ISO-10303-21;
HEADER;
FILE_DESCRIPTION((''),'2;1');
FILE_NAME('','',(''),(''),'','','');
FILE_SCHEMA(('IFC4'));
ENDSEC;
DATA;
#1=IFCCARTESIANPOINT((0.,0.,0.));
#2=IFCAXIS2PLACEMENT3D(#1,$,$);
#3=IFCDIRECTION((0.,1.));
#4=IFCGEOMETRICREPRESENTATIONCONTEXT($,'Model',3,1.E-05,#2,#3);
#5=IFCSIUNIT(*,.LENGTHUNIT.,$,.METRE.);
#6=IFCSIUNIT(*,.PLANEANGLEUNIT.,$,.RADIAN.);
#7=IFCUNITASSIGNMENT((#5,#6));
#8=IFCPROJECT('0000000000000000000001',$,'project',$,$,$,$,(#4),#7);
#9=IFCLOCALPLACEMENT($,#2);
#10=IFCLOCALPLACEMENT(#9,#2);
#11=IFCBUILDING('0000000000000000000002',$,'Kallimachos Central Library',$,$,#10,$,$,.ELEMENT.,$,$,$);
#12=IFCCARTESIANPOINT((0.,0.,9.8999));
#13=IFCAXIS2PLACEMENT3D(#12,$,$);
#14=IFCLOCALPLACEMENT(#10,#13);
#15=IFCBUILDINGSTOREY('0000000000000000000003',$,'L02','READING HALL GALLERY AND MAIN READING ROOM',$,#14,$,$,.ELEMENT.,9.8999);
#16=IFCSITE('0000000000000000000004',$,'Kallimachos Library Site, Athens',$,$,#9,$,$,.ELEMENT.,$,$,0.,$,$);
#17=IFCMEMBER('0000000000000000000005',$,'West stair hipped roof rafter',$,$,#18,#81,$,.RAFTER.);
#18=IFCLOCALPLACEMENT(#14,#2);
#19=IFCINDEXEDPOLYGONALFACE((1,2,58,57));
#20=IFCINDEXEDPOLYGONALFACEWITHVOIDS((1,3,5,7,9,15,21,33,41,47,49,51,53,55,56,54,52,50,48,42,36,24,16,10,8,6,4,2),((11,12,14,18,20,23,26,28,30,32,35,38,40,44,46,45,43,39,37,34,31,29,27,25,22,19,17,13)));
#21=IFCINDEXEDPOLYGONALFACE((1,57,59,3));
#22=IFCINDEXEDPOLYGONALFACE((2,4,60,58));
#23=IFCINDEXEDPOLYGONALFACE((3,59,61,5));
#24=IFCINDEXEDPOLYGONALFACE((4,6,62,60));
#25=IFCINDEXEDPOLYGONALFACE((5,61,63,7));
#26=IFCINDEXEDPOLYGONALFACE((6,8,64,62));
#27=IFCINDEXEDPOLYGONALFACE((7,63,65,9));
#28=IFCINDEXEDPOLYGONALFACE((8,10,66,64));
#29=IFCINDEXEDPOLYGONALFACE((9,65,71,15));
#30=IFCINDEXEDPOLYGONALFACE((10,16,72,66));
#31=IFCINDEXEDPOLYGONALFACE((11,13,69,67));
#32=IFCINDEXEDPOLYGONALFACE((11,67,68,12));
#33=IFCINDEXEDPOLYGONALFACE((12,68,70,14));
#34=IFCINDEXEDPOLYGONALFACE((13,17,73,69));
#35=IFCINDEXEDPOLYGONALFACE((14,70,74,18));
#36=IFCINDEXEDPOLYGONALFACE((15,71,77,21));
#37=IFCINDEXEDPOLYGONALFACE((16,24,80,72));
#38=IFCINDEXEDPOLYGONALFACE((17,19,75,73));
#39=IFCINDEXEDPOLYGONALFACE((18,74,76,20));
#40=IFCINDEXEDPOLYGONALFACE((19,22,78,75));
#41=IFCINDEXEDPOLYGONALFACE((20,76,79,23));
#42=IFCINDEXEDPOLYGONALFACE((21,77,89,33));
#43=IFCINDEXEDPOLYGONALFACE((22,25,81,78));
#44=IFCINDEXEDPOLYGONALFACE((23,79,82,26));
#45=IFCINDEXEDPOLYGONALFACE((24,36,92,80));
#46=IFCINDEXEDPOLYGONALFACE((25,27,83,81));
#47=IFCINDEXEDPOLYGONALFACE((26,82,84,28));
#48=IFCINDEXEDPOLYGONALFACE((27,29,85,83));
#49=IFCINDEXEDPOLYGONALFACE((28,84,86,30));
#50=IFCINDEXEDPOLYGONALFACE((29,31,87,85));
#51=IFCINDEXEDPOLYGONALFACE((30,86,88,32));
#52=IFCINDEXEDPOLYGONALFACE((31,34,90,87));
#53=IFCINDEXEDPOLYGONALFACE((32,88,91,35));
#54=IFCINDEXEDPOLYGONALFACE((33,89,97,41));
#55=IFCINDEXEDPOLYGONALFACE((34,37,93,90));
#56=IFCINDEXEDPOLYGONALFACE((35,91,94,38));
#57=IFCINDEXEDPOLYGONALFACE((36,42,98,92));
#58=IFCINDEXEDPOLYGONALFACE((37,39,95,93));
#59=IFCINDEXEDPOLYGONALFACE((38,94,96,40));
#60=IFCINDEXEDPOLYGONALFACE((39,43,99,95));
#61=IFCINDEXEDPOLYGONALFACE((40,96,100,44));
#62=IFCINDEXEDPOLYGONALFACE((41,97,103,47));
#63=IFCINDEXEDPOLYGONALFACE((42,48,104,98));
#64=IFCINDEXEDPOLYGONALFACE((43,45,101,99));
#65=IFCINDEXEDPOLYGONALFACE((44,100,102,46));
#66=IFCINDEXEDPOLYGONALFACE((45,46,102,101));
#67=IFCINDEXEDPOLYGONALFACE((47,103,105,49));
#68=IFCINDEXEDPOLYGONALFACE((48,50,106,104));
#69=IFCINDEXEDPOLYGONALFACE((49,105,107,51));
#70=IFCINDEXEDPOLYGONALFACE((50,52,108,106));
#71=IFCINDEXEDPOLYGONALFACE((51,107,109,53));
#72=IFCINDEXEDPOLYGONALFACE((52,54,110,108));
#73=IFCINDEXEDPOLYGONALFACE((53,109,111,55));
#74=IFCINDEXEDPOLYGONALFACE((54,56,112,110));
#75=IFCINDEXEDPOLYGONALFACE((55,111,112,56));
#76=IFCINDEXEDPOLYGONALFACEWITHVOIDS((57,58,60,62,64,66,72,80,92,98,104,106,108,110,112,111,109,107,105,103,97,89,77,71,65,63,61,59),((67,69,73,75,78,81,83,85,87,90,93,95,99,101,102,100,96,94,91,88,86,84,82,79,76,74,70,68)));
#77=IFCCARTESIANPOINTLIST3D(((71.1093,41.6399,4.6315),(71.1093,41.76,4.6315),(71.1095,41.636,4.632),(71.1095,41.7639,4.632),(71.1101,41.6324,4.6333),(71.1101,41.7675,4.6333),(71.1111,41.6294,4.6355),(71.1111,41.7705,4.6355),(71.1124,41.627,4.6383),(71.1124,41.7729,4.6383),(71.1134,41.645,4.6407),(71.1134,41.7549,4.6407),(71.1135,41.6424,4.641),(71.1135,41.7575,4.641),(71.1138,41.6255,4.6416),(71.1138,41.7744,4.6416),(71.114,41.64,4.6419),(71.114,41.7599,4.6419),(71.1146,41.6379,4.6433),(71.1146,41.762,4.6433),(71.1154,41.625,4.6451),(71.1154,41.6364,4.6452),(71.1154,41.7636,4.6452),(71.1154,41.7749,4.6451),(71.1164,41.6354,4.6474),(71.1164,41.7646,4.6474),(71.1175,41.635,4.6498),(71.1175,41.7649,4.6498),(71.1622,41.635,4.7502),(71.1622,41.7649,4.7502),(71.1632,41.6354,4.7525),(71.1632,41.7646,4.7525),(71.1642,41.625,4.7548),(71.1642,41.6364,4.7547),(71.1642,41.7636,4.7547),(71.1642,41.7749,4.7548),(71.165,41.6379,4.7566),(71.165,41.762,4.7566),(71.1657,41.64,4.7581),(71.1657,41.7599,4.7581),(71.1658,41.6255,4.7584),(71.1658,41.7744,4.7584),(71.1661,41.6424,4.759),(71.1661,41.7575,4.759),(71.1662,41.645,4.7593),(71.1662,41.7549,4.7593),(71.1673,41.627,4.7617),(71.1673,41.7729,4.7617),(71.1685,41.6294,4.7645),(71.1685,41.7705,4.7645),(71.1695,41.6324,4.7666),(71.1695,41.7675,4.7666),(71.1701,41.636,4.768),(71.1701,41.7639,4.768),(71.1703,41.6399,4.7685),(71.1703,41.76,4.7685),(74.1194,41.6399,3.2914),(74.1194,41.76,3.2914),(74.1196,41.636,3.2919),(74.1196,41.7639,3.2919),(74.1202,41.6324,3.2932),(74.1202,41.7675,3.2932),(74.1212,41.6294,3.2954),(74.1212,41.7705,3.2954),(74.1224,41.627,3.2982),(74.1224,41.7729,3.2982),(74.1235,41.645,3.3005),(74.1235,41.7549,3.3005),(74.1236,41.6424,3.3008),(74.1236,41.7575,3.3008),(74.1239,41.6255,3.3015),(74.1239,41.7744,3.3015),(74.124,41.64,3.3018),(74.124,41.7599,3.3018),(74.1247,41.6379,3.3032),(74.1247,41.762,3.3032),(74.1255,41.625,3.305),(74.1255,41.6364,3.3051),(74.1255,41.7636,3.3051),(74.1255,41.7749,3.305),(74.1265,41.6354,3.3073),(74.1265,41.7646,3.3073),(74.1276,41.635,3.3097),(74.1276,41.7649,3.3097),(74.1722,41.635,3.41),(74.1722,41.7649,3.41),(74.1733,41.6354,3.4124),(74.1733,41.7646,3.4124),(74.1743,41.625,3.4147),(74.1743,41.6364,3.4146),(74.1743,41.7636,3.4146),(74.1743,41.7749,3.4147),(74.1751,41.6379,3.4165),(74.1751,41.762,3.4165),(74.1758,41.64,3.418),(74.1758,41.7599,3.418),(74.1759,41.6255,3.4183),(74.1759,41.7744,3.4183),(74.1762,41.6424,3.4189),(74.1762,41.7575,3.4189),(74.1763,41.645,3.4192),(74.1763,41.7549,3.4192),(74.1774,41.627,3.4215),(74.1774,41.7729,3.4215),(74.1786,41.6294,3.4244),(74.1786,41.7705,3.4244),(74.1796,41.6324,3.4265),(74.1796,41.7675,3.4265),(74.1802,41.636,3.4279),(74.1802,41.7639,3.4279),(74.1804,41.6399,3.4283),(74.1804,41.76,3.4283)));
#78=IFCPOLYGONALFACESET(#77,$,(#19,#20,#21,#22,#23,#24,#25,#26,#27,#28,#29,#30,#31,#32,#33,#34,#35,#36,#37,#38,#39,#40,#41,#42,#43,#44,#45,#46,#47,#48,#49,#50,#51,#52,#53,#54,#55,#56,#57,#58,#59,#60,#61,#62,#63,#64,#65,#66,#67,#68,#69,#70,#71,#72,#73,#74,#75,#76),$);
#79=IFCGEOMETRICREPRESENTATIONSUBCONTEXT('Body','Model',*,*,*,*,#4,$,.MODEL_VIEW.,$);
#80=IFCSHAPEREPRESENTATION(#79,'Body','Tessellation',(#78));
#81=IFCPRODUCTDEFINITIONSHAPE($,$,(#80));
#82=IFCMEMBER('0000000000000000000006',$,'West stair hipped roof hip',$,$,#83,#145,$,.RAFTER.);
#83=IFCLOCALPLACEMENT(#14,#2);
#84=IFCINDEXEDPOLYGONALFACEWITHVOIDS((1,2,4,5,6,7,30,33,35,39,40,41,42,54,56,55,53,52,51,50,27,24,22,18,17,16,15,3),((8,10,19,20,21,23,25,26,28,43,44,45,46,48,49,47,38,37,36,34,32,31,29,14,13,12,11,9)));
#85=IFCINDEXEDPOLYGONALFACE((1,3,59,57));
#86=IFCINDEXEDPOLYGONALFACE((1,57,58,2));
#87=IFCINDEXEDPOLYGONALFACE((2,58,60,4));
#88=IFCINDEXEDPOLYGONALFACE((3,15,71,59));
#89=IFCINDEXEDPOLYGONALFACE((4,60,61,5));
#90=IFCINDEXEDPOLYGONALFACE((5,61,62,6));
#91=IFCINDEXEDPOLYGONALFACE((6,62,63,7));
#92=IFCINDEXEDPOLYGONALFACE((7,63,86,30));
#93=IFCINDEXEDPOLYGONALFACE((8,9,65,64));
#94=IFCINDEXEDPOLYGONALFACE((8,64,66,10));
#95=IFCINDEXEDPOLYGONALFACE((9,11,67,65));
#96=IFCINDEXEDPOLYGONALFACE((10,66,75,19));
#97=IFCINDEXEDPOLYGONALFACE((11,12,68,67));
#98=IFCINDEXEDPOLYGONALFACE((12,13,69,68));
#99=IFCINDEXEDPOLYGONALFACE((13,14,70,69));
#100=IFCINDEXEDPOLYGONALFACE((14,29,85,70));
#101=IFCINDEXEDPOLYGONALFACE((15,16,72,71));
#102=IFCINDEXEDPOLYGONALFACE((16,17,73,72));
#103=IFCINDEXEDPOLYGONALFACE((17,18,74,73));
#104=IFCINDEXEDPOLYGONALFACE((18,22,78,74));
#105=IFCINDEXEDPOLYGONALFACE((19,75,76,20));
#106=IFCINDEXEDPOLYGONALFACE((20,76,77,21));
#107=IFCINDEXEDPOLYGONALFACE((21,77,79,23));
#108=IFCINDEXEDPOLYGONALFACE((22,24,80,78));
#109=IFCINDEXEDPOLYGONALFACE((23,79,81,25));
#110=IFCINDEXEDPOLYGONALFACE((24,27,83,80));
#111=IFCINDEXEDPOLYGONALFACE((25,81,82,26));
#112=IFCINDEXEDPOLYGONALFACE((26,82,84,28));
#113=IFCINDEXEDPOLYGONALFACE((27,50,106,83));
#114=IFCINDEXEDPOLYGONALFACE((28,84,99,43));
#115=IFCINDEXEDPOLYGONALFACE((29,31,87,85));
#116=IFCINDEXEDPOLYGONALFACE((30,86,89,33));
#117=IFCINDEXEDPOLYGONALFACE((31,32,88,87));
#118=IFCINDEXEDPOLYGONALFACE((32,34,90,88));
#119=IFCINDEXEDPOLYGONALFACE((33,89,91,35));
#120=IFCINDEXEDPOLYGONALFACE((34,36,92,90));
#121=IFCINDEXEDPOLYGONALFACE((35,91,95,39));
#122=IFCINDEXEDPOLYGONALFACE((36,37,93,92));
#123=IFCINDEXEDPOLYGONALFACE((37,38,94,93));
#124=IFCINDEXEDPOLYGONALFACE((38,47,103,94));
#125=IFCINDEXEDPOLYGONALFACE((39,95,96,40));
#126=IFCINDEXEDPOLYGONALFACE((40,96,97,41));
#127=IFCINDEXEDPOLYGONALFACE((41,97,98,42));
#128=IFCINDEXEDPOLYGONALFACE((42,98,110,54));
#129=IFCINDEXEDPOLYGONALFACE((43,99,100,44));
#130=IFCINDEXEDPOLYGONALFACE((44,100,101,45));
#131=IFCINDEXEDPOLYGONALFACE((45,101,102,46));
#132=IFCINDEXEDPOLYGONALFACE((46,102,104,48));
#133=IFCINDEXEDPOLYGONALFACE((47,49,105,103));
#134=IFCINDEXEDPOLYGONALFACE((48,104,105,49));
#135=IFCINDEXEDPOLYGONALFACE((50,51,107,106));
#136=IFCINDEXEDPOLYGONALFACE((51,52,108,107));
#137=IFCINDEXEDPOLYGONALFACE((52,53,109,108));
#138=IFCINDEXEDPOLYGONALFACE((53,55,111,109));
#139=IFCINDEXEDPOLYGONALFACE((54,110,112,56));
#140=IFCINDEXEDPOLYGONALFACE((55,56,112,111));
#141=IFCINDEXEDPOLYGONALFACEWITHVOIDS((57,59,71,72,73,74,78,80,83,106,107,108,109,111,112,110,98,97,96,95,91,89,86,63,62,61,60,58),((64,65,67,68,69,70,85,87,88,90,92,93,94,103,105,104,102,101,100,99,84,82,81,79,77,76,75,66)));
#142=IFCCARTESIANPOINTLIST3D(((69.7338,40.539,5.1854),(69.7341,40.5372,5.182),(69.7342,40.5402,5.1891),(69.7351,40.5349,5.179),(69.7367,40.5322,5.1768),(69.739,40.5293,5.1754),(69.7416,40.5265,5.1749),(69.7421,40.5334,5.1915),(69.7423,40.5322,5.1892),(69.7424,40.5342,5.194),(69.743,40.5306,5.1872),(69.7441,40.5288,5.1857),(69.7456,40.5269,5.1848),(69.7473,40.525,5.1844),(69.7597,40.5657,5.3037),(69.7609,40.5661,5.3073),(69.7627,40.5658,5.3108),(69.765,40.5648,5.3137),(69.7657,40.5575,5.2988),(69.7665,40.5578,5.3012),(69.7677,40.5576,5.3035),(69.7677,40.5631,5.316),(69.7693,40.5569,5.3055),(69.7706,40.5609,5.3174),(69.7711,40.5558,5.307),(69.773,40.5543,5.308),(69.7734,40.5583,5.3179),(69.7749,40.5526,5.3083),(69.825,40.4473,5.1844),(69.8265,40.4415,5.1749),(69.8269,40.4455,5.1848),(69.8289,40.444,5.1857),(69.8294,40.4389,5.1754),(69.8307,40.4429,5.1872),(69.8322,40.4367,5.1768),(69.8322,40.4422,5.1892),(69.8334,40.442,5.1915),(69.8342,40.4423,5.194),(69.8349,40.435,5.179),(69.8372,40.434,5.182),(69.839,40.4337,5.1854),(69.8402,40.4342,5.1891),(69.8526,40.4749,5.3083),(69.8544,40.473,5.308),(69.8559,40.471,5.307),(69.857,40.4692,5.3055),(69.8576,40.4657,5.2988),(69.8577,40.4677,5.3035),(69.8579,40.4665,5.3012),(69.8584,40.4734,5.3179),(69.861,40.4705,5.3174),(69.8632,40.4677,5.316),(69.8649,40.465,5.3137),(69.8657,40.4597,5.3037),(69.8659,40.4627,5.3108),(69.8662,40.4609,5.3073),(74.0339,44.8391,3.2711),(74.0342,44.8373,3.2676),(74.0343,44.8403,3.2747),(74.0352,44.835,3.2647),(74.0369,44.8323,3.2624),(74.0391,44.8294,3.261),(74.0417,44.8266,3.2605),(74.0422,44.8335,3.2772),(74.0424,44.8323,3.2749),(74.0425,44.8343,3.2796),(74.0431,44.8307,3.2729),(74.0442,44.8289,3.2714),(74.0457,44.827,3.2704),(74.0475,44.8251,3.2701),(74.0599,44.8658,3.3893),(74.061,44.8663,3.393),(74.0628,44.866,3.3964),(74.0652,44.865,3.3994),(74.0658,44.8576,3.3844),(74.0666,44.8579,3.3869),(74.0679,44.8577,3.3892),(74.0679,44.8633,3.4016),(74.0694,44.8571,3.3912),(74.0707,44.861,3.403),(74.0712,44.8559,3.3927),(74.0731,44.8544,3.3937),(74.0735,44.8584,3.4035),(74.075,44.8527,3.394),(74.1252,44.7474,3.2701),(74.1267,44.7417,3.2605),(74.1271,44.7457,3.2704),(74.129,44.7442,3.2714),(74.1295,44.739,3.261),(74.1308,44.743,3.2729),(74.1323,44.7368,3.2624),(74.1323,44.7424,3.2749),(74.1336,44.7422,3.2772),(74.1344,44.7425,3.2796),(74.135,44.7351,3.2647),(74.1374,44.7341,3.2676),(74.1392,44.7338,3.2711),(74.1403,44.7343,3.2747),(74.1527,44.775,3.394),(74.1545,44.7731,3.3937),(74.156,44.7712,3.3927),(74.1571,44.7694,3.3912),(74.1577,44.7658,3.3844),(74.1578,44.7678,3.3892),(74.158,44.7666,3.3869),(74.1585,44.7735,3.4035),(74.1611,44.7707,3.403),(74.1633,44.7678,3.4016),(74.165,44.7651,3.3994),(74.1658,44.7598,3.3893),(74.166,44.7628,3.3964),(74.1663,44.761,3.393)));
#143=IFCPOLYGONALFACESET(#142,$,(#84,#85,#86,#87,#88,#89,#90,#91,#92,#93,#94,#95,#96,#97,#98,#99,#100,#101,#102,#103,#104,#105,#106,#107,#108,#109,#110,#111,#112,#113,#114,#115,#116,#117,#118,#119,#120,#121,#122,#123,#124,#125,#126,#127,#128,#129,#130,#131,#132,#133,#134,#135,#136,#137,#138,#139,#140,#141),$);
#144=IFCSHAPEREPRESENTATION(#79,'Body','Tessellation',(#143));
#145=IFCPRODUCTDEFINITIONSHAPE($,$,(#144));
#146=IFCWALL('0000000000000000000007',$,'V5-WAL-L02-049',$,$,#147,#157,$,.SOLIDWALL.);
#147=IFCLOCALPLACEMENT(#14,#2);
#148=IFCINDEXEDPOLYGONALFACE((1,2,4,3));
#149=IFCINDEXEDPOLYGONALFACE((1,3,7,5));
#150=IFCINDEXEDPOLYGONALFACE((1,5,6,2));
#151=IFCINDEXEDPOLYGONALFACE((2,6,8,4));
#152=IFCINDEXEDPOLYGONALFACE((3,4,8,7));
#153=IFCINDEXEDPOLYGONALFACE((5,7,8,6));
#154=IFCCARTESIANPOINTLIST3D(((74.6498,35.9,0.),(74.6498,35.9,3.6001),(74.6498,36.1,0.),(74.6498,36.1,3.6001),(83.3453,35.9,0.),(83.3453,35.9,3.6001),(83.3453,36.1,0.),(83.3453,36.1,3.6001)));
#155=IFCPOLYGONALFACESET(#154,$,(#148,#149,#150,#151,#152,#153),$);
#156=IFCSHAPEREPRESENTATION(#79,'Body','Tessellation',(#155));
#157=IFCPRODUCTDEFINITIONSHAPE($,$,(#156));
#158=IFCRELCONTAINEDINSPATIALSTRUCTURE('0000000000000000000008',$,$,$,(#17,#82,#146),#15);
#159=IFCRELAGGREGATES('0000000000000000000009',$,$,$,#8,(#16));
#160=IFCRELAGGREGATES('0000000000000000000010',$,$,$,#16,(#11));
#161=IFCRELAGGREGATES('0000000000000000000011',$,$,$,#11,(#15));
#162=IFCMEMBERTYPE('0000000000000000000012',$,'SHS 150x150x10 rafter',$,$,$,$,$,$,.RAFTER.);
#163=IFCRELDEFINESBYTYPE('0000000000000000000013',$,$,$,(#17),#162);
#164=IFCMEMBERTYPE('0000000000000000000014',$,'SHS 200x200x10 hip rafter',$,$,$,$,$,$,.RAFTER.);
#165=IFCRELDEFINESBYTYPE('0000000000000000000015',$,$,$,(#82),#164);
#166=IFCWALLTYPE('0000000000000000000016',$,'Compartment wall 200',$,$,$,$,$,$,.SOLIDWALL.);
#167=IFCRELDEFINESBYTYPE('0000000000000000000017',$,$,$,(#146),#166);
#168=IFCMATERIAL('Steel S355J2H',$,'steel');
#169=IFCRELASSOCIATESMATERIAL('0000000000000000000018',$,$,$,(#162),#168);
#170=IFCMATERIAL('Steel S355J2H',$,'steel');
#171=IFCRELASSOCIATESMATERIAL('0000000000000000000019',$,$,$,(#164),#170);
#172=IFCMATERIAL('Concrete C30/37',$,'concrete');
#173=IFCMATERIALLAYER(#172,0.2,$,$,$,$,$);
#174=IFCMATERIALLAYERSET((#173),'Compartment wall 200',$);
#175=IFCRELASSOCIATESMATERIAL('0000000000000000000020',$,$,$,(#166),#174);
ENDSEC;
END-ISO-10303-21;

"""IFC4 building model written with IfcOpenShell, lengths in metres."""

from ifc_helpers import new_model, si_unit, direction, frame, frame_2d, origin, origin_2d, place, context, subcontext, project, spatial, rectangle, hollow_rectangle, extrude, material, layer, layer_set, material_profile, profile_set, type_object, element, save


model = new_model("IFC4")

# Units and contexts
model_context = context("Model", 3, precision=1e-05, world=origin(), true_north=direction((0.0, 1.0)))
body_context = subcontext(model_context, "Body", "Model", "MODEL_VIEW")
ifc_project = project(units=[si_unit("LENGTHUNIT", "METRE"), si_unit("PLANEANGLEUNIT", "RADIAN")], contexts=[model_context])

# Site, building, storey
site_placement = place(None, origin())
site = spatial("IfcSite", under=ifc_project, at=site_placement, Name="Kallimachos Library Site, Athens", CompositionType="ELEMENT", RefElevation=0.0)
building_placement = place(site_placement, origin())
building = spatial("IfcBuilding", under=site, at=building_placement, Name="Kallimachos Central Library", CompositionType="ELEMENT")
storey_placement = place(building_placement, frame((0.0, 0.0, 9.8999)))
storey = spatial("IfcBuildingStorey", under=building, at=storey_placement, Name="L02", Description="READING HALL GALLERY AND MAIN READING ROOM", CompositionType="ELEMENT", Elevation=9.8999)

# Members
ifc_material_1 = material(Name="Steel S355J2H", Category="steel")
ifc_material_profile_1 = material_profile(ifc_material_1, hollow_rectangle(XDim=0.1499, YDim=0.1499, WallThickness=0.01, InnerFilletRadius=0.01, OuterFilletRadius=0.0149, at=origin_2d()), Name="SHS 150x150x10")
ifc_profile_set_1 = profile_set([ifc_material_profile_1], Name="Steel S355J2H")
member_type_1 = type_object("IfcMemberType", Name="SHS 150x150x10 rafter", PredefinedType="RAFTER", material=ifc_profile_set_1)
member_1_placement = place(storey_placement, frame((74.1499, 41.7, 3.3599), z_axis=(-0.913552, 0.0, 0.406723), x_axis=(0.0, -1.0, 0.0)))
element("IfcMember", 1, at=member_1_placement, inside=storey, type_object=member_type_1, Name="West stair hipped roof rafter", PredefinedType="RAFTER", context=body_context, shape_type="SweptSolid", body=[
    extrude(hollow_rectangle(XDim=0.1499, YDim=0.1499, WallThickness=0.01, InnerFilletRadius=0.01, OuterFilletRadius=0.0149, at=origin_2d()), origin(), (0.0, 0.0, 1.0), 3.2949),
])
ifc_material_2 = material(Name="Steel S355J2H", Category="steel")
ifc_material_profile_2 = material_profile(ifc_material_2, hollow_rectangle(XDim=0.1499, YDim=0.1499, WallThickness=0.01, InnerFilletRadius=0.01, OuterFilletRadius=0.0149, at=origin_2d()), Name="SHS 150x150x10")
ifc_profile_set_2 = profile_set([ifc_material_profile_2], Name="Steel S355J2H")
member_type_2 = type_object("IfcMemberType", Name="SHS 200x200x10 hip rafter", PredefinedType="RAFTER", material=ifc_profile_set_2)
member_2_placement = place(storey_placement, frame((74.1001, 44.8, 3.332), z_axis=(-0.674478, -0.674478, 0.300266), x_axis=(0.707107, -0.707107, 0.0)))
element("IfcMember", 2, at=member_2_placement, inside=storey, type_object=member_type_2, Name="West stair hipped roof hip", PredefinedType="RAFTER", context=body_context, shape_type="SweptSolid", body=[
    extrude(hollow_rectangle(XDim=0.1499, YDim=0.1499, WallThickness=0.01, InnerFilletRadius=0.01, OuterFilletRadius=0.0149, at=origin_2d()), origin(), (0.0, 0.0, 1.0), 6.3755),
])

# Wall
ifc_material_3 = material(Name="Concrete C30/37", Category="concrete")
ifc_layer_1 = layer(ifc_material_3, 0.2)
ifc_layer_set_1 = layer_set([ifc_layer_1], Name="Compartment wall 200")
wall_type_1 = type_object("IfcWallType", Name="Compartment wall 200", PredefinedType="SOLIDWALL", material=ifc_layer_set_1)
wall_1_placement = place(storey_placement, frame((74.6499, 36.0, 0.0), z_axis=(0.0, 0.0, 1.0), x_axis=(1.0, 0.0, 0.0)))
element("IfcWall", 3, at=wall_1_placement, inside=storey, type_object=wall_type_1, Name="V5-WAL-L02-049", PredefinedType="SOLIDWALL", context=body_context, shape_type="SweptSolid", body=[
    extrude(rectangle(XDim=8.6956, YDim=0.2, at=frame_2d((4.3477, 0.0))), origin(), (0.0, 0.0, 1.0), 3.6001),
])

save(model, "model.ifc")
